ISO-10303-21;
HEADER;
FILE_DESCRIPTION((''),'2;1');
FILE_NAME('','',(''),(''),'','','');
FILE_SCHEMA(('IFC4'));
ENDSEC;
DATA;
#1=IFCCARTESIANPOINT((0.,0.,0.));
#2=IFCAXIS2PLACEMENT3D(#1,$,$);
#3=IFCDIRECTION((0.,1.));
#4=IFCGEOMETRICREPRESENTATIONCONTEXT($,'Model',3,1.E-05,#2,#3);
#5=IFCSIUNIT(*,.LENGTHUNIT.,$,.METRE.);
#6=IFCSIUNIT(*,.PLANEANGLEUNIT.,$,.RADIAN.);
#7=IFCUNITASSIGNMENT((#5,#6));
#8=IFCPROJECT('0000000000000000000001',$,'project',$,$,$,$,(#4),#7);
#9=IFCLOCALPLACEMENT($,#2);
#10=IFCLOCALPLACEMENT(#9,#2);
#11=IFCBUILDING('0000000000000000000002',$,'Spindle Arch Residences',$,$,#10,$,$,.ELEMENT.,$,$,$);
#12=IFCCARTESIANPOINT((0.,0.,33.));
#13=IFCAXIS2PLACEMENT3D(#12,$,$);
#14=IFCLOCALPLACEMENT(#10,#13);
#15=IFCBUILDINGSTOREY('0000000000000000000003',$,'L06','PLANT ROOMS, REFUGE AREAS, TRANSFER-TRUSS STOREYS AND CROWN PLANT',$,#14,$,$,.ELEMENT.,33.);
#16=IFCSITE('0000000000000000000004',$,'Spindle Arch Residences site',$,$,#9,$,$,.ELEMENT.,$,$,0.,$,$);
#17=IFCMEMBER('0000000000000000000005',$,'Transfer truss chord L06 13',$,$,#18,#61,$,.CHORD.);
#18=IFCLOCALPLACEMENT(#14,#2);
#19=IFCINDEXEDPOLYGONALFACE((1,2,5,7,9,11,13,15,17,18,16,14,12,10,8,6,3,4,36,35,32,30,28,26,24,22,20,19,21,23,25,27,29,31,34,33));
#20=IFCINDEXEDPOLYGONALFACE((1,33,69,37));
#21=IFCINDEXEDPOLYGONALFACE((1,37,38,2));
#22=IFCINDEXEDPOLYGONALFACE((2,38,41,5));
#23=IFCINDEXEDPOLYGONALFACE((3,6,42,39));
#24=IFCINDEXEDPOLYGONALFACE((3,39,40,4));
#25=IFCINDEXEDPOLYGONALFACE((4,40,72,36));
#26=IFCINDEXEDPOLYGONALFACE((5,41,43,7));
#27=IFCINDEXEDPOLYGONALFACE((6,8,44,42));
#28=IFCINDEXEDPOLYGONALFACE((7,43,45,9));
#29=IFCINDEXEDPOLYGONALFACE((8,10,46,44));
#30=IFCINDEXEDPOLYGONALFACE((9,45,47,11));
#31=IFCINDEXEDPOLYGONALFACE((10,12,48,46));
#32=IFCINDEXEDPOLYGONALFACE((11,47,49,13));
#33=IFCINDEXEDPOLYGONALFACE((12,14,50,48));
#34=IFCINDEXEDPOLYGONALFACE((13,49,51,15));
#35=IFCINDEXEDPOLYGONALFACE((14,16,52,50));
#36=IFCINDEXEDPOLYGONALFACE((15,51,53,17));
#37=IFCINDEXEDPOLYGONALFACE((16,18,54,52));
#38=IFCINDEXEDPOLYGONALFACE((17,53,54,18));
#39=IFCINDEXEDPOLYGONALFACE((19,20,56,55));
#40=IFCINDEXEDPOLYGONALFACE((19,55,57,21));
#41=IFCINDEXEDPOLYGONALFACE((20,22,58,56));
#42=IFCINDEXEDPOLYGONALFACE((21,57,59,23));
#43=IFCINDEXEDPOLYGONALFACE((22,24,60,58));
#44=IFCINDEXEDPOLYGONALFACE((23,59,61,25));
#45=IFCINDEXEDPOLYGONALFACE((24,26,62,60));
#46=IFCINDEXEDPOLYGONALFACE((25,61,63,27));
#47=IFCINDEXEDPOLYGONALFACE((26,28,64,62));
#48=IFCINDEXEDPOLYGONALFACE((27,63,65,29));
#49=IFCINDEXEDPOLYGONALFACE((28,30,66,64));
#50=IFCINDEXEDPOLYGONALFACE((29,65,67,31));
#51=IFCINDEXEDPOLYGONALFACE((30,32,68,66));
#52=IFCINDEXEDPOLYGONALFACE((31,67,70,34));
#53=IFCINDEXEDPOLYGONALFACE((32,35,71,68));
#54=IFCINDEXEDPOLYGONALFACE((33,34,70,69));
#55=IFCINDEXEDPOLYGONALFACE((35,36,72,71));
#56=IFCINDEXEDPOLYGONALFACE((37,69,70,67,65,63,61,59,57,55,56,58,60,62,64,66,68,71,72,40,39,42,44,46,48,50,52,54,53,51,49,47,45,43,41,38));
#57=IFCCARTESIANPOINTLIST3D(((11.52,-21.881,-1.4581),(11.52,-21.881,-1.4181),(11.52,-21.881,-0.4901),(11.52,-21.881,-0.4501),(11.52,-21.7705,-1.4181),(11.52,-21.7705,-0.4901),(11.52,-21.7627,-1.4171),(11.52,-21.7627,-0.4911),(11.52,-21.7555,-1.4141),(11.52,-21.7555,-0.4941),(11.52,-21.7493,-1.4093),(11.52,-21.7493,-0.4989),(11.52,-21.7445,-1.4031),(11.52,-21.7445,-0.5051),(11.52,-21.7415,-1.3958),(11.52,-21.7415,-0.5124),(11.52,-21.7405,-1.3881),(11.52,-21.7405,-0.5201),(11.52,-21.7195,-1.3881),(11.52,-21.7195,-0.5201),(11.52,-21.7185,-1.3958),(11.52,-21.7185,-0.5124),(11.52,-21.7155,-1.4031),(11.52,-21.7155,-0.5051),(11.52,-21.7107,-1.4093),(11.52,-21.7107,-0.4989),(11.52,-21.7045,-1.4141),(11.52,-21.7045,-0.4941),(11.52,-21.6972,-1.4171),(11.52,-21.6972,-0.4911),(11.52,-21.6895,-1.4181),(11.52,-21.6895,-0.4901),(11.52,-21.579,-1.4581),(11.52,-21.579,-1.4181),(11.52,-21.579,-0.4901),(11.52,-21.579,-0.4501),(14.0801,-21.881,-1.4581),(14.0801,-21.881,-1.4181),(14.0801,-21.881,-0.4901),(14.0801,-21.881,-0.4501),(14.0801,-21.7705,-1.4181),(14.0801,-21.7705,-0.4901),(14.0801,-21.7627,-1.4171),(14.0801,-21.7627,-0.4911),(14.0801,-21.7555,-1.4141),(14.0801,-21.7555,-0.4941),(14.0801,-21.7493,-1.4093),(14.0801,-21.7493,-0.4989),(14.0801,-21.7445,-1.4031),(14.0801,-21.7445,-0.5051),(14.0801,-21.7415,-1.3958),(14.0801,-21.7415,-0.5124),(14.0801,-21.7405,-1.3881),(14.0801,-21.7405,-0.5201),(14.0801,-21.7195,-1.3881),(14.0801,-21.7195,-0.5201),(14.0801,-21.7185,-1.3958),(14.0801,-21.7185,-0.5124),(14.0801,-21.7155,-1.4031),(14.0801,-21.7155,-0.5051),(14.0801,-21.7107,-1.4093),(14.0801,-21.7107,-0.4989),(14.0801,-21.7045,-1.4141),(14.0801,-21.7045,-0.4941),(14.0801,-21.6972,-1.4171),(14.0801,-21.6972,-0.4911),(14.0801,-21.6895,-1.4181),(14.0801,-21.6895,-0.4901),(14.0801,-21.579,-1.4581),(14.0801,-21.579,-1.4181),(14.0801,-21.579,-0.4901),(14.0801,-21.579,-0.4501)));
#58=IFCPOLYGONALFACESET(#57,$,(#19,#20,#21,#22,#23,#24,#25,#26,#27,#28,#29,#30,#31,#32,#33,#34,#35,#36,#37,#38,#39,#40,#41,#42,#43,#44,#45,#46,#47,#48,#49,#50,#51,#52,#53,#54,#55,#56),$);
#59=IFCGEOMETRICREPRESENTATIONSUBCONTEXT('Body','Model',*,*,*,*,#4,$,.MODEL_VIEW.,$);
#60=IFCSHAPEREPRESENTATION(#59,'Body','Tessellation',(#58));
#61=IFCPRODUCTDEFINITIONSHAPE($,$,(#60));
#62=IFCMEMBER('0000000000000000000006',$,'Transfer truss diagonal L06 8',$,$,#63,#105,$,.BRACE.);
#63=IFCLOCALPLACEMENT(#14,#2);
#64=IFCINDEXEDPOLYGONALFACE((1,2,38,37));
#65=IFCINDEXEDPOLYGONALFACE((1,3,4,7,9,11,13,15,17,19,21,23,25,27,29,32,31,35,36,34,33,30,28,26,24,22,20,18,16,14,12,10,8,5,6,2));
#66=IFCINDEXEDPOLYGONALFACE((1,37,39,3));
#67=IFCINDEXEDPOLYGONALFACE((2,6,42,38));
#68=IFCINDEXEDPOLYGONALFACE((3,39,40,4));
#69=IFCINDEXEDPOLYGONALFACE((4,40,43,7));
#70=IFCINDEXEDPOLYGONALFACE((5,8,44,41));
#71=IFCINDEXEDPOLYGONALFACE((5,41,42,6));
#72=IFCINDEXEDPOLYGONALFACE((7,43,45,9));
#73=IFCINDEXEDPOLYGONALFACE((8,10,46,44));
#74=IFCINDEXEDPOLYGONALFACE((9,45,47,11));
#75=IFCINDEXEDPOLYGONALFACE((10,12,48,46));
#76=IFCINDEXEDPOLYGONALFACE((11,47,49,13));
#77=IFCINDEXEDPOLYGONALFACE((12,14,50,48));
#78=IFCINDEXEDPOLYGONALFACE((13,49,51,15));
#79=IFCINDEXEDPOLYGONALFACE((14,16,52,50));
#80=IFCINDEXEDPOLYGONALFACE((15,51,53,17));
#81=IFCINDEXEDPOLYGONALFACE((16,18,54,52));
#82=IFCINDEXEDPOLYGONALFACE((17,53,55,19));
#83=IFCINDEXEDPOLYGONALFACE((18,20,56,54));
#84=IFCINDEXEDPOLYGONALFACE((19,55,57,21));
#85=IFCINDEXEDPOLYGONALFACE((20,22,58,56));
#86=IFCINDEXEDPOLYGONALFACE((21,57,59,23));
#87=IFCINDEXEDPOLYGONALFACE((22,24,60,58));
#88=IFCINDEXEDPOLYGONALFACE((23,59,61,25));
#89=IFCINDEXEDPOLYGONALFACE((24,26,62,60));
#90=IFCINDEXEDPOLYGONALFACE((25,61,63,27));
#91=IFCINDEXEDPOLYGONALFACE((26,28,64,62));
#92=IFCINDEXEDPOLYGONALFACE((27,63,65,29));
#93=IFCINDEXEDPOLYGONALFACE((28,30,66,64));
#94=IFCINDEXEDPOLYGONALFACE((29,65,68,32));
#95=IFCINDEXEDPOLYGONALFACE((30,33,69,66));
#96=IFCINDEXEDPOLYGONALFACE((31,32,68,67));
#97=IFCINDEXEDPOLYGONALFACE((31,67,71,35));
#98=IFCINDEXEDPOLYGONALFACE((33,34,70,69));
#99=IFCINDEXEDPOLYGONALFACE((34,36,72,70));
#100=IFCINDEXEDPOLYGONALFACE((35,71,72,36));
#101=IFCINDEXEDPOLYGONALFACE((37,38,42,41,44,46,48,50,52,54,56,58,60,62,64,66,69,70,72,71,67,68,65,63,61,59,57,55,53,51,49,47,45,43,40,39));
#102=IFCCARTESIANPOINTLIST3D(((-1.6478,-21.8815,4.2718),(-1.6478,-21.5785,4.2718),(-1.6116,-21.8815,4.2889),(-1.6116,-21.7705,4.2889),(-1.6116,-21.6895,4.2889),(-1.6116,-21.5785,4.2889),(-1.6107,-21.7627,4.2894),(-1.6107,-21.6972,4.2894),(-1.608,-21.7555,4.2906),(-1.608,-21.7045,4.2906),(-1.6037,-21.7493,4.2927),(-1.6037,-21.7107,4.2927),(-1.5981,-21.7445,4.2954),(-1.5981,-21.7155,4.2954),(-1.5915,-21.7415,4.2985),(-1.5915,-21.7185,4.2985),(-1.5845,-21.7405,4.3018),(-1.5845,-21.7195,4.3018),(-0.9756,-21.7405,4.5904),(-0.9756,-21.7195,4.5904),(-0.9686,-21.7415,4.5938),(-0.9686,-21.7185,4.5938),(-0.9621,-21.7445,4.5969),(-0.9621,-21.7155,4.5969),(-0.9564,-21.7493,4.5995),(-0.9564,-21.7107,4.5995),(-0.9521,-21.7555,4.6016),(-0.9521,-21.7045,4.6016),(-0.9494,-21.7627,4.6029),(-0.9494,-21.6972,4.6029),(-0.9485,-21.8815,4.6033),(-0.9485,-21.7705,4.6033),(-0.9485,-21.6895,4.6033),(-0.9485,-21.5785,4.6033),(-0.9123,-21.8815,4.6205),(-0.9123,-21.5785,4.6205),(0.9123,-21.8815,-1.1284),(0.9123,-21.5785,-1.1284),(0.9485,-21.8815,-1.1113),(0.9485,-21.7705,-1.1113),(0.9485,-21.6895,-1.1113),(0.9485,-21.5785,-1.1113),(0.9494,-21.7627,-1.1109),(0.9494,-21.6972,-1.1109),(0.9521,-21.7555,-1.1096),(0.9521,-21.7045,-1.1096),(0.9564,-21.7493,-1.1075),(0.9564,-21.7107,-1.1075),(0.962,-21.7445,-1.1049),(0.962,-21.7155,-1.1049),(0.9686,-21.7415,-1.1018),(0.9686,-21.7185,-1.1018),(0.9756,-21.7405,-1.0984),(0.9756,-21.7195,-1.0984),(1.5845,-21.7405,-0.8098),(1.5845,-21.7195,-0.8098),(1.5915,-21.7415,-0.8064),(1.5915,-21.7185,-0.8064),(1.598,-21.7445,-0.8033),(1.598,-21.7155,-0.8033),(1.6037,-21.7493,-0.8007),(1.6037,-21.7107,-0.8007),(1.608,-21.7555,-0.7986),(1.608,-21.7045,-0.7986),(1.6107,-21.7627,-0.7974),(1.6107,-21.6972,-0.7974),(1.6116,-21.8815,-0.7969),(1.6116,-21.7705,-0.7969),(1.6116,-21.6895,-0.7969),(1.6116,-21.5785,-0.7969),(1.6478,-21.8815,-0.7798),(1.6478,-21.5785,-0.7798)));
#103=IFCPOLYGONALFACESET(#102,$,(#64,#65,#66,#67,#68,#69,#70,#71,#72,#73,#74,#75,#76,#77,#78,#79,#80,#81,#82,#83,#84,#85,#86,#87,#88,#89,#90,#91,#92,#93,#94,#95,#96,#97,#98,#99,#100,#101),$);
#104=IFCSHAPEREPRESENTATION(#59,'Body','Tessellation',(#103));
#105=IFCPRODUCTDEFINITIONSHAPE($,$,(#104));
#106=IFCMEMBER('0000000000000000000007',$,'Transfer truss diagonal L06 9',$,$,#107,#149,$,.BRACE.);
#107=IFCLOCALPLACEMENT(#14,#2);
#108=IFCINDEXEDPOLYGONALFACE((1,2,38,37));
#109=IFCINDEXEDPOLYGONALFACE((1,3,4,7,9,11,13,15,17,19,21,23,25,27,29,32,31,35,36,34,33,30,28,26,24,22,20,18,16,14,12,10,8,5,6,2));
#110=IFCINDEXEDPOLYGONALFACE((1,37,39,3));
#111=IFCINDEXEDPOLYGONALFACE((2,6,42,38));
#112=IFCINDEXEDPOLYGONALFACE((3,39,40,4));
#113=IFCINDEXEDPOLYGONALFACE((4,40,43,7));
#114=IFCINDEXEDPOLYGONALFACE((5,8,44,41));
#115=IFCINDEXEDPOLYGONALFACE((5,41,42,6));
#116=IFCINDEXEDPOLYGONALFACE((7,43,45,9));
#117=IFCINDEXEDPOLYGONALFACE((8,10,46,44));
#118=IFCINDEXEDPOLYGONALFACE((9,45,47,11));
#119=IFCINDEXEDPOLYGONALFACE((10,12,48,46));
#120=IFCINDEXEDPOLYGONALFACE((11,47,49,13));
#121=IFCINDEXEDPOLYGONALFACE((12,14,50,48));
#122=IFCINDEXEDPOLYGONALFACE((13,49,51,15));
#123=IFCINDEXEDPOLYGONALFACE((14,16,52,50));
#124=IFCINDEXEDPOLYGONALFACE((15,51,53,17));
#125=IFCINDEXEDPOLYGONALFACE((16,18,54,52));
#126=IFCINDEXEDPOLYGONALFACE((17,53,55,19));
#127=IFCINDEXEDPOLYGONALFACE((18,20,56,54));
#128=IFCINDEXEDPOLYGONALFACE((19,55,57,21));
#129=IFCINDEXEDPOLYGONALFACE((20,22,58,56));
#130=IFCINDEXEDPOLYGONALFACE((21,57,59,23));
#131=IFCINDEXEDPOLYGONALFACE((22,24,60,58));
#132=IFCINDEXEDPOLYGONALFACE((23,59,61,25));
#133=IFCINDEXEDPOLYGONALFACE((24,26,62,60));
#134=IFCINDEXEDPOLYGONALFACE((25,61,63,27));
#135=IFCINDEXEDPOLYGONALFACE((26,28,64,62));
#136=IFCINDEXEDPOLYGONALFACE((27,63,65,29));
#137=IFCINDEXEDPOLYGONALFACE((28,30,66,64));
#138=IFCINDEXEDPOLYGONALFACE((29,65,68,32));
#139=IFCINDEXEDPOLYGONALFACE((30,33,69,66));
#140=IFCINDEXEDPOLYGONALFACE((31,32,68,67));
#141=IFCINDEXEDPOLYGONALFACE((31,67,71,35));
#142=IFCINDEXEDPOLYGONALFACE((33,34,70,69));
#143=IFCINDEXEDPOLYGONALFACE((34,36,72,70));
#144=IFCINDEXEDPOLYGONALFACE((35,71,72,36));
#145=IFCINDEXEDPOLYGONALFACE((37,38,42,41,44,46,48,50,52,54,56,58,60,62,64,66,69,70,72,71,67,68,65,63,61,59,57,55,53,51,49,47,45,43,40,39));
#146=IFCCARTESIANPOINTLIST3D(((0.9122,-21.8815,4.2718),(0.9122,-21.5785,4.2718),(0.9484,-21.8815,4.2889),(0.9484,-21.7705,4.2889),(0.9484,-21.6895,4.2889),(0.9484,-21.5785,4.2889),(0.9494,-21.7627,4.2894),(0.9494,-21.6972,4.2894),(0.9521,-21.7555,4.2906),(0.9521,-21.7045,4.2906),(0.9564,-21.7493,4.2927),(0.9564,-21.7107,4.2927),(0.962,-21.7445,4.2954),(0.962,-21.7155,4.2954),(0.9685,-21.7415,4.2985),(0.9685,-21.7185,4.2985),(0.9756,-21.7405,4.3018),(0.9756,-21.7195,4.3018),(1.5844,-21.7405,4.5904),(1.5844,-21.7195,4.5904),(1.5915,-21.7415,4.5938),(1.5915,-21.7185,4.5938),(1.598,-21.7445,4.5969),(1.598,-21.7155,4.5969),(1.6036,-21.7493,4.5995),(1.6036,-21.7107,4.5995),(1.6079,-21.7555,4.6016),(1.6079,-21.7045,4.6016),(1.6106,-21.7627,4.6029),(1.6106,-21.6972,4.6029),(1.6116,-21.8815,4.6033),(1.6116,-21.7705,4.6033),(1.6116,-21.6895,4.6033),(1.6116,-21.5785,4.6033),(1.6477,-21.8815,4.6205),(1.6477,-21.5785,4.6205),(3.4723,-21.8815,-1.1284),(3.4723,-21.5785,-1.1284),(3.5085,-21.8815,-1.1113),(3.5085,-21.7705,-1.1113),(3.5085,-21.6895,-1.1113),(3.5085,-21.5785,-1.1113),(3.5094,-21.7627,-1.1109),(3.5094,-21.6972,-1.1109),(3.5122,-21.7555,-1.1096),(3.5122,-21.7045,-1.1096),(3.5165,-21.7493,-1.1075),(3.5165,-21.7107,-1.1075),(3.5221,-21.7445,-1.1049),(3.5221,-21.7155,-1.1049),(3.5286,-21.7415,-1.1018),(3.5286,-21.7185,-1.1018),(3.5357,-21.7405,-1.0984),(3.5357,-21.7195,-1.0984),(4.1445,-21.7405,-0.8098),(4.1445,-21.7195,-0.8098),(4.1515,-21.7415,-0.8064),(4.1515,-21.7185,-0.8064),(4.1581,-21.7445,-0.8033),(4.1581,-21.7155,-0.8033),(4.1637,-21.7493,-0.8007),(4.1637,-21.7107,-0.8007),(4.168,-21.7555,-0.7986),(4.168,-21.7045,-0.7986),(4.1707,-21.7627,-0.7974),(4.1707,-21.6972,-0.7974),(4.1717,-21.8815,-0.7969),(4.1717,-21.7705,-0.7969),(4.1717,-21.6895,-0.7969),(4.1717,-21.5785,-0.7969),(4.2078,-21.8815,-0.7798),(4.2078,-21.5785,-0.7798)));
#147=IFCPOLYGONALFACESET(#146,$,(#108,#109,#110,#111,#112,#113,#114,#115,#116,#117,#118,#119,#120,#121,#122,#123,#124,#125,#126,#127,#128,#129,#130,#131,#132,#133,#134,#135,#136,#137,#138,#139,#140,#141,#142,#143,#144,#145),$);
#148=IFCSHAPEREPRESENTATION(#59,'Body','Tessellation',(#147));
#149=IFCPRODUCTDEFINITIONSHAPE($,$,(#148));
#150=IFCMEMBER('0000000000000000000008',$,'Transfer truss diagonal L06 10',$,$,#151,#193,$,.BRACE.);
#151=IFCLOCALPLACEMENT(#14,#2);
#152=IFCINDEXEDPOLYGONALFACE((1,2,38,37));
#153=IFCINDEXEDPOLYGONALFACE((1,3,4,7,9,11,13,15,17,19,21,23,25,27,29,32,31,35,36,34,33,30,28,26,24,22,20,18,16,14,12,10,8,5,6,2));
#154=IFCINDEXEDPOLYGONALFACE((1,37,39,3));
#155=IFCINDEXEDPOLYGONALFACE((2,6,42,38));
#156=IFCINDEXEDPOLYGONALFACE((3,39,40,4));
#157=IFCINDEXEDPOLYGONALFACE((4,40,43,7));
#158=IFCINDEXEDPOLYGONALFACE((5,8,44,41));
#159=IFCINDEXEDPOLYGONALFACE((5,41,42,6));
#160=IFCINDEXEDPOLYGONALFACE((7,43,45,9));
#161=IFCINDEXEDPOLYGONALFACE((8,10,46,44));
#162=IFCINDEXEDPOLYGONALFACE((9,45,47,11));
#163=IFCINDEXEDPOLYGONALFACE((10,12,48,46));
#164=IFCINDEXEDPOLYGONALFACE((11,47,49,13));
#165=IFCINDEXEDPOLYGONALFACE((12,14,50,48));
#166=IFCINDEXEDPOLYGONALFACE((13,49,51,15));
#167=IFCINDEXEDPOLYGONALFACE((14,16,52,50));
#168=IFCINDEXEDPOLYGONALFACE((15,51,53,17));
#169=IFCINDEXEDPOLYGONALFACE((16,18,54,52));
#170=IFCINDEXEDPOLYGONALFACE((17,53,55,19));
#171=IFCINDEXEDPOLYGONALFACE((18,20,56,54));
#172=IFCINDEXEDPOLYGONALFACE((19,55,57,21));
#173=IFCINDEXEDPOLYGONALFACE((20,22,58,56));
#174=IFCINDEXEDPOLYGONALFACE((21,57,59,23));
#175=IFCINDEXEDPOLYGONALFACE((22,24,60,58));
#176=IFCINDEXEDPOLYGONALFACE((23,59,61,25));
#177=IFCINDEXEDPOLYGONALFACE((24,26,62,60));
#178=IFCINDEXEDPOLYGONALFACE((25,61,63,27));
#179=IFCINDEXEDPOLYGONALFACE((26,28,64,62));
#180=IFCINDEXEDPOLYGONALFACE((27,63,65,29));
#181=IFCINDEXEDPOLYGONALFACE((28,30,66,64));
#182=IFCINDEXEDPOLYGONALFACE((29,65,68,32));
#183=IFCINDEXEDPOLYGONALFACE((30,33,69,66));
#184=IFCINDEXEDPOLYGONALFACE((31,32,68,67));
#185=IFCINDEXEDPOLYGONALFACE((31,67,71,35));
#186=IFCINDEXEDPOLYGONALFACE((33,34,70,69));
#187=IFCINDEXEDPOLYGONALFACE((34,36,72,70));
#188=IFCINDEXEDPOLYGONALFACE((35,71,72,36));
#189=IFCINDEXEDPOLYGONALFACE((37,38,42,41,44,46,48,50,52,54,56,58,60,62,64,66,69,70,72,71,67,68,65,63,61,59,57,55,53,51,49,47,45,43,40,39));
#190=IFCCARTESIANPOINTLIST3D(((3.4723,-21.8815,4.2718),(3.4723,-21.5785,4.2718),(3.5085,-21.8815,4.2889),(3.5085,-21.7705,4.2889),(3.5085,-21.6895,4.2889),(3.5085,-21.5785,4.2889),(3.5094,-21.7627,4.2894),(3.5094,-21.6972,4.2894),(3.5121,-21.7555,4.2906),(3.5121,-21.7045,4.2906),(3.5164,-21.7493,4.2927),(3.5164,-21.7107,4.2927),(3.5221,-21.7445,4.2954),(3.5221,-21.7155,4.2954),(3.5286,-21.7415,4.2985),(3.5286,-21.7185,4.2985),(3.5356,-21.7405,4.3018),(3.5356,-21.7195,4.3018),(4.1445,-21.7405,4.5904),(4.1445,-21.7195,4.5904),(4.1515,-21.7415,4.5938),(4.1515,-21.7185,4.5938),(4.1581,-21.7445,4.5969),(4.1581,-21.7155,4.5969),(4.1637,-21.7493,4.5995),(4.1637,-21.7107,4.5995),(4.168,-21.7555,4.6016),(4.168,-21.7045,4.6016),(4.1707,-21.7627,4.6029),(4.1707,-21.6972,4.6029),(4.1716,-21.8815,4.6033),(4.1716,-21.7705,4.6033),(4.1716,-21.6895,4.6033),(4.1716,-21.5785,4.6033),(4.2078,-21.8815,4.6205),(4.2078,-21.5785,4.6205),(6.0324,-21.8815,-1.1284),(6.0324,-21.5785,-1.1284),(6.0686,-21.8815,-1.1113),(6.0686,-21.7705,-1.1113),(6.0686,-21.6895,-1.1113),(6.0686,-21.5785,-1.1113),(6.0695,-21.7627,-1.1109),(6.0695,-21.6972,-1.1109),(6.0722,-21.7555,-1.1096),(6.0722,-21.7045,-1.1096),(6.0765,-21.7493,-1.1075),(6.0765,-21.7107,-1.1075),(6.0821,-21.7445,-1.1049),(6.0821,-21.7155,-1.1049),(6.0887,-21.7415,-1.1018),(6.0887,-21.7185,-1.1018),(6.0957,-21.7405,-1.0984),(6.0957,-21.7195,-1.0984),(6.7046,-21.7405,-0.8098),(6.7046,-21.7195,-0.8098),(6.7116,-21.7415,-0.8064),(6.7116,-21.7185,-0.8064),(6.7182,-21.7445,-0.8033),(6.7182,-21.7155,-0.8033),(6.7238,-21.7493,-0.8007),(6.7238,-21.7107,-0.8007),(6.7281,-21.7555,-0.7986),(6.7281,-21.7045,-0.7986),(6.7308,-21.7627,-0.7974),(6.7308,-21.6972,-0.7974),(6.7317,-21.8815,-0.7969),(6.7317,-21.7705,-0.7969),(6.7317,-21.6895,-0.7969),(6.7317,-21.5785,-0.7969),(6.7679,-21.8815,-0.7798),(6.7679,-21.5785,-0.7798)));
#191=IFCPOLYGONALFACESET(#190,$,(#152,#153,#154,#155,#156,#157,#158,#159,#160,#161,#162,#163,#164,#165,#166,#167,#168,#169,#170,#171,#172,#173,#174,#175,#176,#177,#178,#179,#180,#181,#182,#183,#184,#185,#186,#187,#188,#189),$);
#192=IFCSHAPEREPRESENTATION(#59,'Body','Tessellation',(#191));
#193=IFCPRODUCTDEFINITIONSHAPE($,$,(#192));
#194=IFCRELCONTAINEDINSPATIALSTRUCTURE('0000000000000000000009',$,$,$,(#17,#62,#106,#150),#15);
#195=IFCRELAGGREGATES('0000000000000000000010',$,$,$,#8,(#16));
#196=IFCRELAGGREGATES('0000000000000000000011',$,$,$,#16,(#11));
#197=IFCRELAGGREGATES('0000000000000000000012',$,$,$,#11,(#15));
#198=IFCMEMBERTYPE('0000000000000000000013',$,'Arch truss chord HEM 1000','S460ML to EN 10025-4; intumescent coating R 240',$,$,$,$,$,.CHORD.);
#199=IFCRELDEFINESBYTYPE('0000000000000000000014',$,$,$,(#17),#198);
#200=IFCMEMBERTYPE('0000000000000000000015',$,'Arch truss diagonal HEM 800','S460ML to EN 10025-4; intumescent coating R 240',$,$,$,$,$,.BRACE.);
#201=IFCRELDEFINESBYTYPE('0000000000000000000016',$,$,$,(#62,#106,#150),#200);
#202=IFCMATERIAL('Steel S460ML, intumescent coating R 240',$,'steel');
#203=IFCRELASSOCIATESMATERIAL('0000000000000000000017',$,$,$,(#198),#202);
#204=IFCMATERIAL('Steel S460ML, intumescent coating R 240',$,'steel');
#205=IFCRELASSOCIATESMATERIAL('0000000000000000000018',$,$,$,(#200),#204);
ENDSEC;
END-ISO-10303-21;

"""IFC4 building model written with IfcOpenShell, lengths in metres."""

from ifc_helpers import new_model, si_unit, direction, frame, origin, origin_2d, place, context, subcontext, project, spatial, i_section, extrude, material, material_profile, profile_set, type_object, element, save


model = new_model("IFC4")

# Units and contexts
model_context = context("Model", 3, precision=1e-05, world=origin(), true_north=direction((0.0, 1.0)))
body_context = subcontext(model_context, "Body", "Model", "MODEL_VIEW")
ifc_project = project(units=[si_unit("LENGTHUNIT", "METRE"), si_unit("PLANEANGLEUNIT", "RADIAN")], contexts=[model_context])

# Site, building, storey
site_placement = place(None, origin())
site = spatial("IfcSite", under=ifc_project, at=site_placement, Name="Spindle Arch Residences site", CompositionType="ELEMENT", RefElevation=0.0)
building_placement = place(site_placement, origin())
building = spatial("IfcBuilding", under=site, at=building_placement, Name="Spindle Arch Residences", CompositionType="ELEMENT")
storey_placement = place(building_placement, frame((0.0, 0.0, 33.0)))
storey = spatial("IfcBuildingStorey", under=building, at=storey_placement, Name="L06", Description="PLANT ROOMS, REFUGE AREAS, TRANSFER-TRUSS STOREYS AND CROWN PLANT", CompositionType="ELEMENT", Elevation=33.0)

# Members
ifc_material_1 = material(Name="Steel S460ML, intumescent coating R 240", Category="steel")
ifc_material_profile_1 = material_profile(ifc_material_1, i_section(OverallWidth=0.302, OverallDepth=1.0081, WebThickness=0.021, FlangeThickness=0.04, FilletRadius=0.03, at=origin_2d()), Name="HEM 1000")
ifc_profile_set_1 = profile_set([ifc_material_profile_1], Name="Steel S460ML, intumescent coating R 240")
member_type_1 = type_object("IfcMemberType", Name="Arch truss chord HEM 1000", Description="S460ML to EN 10025-4; intumescent coating R 240", PredefinedType="CHORD", material=ifc_profile_set_1)
member_1_placement = place(storey_placement, frame((11.52, -21.73, -0.9541), z_axis=(1.0, 0.0, 0.0), x_axis=(0.0, 1.0, 0.0)))
element("IfcMember", 1, at=member_1_placement, inside=storey, type_object=member_type_1, Name="Transfer truss chord L06 13", PredefinedType="CHORD", context=body_context, shape_type="SweptSolid", body=[
    extrude(i_section(OverallWidth=0.302, OverallDepth=1.0081, WebThickness=0.021, FlangeThickness=0.04, FilletRadius=0.03, at=origin_2d()), origin(), (0.0, 0.0, 1.0), 2.5601),
])
ifc_material_2 = material(Name="Steel S460ML, intumescent coating R 240", Category="steel")
ifc_material_profile_2 = material_profile(ifc_material_2, i_section(OverallWidth=0.303, OverallDepth=0.814, WebThickness=0.021, FlangeThickness=0.04, FilletRadius=0.03, at=origin_2d()), Name="HEM 800")
ifc_profile_set_2 = profile_set([ifc_material_profile_2], Name="Steel S460ML, intumescent coating R 240")
member_type_2 = type_object("IfcMemberType", Name="Arch truss diagonal HEM 800", Description="S460ML to EN 10025-4; intumescent coating R 240", PredefinedType="BRACE", material=ifc_profile_set_2)
for number, where, z_axis, x_axis, name in (
    (2, (1.28, -21.73, -0.9541), (-0.428373, 0.0, 0.903602), (0.0, -1.0, 0.0), "Transfer truss diagonal L06 8"),
    (3, (3.8401, -21.73, -0.9541), (-0.428373, 0.0, 0.903602), (0.0, -1.0, 0.0), "Transfer truss diagonal L06 9"),
    (4, (6.4001, -21.73, -0.9541), (-0.428373, 0.0, 0.903602), (0.0, -1.0, 0.0), "Transfer truss diagonal L06 10"),
):
    element("IfcMember", number, at=place(storey_placement, frame(where, z_axis=z_axis, x_axis=x_axis)), inside=storey, type_object=member_type_2, Name=name, PredefinedType="BRACE", context=body_context, shape_type="SweptSolid", body=[
        extrude(i_section(OverallWidth=0.303, OverallDepth=0.814, WebThickness=0.021, FlangeThickness=0.04, FilletRadius=0.03, at=origin_2d()), origin(), (0.0, 0.0, 1.0), 5.9763),
    ])

save(model, "model.ifc")
